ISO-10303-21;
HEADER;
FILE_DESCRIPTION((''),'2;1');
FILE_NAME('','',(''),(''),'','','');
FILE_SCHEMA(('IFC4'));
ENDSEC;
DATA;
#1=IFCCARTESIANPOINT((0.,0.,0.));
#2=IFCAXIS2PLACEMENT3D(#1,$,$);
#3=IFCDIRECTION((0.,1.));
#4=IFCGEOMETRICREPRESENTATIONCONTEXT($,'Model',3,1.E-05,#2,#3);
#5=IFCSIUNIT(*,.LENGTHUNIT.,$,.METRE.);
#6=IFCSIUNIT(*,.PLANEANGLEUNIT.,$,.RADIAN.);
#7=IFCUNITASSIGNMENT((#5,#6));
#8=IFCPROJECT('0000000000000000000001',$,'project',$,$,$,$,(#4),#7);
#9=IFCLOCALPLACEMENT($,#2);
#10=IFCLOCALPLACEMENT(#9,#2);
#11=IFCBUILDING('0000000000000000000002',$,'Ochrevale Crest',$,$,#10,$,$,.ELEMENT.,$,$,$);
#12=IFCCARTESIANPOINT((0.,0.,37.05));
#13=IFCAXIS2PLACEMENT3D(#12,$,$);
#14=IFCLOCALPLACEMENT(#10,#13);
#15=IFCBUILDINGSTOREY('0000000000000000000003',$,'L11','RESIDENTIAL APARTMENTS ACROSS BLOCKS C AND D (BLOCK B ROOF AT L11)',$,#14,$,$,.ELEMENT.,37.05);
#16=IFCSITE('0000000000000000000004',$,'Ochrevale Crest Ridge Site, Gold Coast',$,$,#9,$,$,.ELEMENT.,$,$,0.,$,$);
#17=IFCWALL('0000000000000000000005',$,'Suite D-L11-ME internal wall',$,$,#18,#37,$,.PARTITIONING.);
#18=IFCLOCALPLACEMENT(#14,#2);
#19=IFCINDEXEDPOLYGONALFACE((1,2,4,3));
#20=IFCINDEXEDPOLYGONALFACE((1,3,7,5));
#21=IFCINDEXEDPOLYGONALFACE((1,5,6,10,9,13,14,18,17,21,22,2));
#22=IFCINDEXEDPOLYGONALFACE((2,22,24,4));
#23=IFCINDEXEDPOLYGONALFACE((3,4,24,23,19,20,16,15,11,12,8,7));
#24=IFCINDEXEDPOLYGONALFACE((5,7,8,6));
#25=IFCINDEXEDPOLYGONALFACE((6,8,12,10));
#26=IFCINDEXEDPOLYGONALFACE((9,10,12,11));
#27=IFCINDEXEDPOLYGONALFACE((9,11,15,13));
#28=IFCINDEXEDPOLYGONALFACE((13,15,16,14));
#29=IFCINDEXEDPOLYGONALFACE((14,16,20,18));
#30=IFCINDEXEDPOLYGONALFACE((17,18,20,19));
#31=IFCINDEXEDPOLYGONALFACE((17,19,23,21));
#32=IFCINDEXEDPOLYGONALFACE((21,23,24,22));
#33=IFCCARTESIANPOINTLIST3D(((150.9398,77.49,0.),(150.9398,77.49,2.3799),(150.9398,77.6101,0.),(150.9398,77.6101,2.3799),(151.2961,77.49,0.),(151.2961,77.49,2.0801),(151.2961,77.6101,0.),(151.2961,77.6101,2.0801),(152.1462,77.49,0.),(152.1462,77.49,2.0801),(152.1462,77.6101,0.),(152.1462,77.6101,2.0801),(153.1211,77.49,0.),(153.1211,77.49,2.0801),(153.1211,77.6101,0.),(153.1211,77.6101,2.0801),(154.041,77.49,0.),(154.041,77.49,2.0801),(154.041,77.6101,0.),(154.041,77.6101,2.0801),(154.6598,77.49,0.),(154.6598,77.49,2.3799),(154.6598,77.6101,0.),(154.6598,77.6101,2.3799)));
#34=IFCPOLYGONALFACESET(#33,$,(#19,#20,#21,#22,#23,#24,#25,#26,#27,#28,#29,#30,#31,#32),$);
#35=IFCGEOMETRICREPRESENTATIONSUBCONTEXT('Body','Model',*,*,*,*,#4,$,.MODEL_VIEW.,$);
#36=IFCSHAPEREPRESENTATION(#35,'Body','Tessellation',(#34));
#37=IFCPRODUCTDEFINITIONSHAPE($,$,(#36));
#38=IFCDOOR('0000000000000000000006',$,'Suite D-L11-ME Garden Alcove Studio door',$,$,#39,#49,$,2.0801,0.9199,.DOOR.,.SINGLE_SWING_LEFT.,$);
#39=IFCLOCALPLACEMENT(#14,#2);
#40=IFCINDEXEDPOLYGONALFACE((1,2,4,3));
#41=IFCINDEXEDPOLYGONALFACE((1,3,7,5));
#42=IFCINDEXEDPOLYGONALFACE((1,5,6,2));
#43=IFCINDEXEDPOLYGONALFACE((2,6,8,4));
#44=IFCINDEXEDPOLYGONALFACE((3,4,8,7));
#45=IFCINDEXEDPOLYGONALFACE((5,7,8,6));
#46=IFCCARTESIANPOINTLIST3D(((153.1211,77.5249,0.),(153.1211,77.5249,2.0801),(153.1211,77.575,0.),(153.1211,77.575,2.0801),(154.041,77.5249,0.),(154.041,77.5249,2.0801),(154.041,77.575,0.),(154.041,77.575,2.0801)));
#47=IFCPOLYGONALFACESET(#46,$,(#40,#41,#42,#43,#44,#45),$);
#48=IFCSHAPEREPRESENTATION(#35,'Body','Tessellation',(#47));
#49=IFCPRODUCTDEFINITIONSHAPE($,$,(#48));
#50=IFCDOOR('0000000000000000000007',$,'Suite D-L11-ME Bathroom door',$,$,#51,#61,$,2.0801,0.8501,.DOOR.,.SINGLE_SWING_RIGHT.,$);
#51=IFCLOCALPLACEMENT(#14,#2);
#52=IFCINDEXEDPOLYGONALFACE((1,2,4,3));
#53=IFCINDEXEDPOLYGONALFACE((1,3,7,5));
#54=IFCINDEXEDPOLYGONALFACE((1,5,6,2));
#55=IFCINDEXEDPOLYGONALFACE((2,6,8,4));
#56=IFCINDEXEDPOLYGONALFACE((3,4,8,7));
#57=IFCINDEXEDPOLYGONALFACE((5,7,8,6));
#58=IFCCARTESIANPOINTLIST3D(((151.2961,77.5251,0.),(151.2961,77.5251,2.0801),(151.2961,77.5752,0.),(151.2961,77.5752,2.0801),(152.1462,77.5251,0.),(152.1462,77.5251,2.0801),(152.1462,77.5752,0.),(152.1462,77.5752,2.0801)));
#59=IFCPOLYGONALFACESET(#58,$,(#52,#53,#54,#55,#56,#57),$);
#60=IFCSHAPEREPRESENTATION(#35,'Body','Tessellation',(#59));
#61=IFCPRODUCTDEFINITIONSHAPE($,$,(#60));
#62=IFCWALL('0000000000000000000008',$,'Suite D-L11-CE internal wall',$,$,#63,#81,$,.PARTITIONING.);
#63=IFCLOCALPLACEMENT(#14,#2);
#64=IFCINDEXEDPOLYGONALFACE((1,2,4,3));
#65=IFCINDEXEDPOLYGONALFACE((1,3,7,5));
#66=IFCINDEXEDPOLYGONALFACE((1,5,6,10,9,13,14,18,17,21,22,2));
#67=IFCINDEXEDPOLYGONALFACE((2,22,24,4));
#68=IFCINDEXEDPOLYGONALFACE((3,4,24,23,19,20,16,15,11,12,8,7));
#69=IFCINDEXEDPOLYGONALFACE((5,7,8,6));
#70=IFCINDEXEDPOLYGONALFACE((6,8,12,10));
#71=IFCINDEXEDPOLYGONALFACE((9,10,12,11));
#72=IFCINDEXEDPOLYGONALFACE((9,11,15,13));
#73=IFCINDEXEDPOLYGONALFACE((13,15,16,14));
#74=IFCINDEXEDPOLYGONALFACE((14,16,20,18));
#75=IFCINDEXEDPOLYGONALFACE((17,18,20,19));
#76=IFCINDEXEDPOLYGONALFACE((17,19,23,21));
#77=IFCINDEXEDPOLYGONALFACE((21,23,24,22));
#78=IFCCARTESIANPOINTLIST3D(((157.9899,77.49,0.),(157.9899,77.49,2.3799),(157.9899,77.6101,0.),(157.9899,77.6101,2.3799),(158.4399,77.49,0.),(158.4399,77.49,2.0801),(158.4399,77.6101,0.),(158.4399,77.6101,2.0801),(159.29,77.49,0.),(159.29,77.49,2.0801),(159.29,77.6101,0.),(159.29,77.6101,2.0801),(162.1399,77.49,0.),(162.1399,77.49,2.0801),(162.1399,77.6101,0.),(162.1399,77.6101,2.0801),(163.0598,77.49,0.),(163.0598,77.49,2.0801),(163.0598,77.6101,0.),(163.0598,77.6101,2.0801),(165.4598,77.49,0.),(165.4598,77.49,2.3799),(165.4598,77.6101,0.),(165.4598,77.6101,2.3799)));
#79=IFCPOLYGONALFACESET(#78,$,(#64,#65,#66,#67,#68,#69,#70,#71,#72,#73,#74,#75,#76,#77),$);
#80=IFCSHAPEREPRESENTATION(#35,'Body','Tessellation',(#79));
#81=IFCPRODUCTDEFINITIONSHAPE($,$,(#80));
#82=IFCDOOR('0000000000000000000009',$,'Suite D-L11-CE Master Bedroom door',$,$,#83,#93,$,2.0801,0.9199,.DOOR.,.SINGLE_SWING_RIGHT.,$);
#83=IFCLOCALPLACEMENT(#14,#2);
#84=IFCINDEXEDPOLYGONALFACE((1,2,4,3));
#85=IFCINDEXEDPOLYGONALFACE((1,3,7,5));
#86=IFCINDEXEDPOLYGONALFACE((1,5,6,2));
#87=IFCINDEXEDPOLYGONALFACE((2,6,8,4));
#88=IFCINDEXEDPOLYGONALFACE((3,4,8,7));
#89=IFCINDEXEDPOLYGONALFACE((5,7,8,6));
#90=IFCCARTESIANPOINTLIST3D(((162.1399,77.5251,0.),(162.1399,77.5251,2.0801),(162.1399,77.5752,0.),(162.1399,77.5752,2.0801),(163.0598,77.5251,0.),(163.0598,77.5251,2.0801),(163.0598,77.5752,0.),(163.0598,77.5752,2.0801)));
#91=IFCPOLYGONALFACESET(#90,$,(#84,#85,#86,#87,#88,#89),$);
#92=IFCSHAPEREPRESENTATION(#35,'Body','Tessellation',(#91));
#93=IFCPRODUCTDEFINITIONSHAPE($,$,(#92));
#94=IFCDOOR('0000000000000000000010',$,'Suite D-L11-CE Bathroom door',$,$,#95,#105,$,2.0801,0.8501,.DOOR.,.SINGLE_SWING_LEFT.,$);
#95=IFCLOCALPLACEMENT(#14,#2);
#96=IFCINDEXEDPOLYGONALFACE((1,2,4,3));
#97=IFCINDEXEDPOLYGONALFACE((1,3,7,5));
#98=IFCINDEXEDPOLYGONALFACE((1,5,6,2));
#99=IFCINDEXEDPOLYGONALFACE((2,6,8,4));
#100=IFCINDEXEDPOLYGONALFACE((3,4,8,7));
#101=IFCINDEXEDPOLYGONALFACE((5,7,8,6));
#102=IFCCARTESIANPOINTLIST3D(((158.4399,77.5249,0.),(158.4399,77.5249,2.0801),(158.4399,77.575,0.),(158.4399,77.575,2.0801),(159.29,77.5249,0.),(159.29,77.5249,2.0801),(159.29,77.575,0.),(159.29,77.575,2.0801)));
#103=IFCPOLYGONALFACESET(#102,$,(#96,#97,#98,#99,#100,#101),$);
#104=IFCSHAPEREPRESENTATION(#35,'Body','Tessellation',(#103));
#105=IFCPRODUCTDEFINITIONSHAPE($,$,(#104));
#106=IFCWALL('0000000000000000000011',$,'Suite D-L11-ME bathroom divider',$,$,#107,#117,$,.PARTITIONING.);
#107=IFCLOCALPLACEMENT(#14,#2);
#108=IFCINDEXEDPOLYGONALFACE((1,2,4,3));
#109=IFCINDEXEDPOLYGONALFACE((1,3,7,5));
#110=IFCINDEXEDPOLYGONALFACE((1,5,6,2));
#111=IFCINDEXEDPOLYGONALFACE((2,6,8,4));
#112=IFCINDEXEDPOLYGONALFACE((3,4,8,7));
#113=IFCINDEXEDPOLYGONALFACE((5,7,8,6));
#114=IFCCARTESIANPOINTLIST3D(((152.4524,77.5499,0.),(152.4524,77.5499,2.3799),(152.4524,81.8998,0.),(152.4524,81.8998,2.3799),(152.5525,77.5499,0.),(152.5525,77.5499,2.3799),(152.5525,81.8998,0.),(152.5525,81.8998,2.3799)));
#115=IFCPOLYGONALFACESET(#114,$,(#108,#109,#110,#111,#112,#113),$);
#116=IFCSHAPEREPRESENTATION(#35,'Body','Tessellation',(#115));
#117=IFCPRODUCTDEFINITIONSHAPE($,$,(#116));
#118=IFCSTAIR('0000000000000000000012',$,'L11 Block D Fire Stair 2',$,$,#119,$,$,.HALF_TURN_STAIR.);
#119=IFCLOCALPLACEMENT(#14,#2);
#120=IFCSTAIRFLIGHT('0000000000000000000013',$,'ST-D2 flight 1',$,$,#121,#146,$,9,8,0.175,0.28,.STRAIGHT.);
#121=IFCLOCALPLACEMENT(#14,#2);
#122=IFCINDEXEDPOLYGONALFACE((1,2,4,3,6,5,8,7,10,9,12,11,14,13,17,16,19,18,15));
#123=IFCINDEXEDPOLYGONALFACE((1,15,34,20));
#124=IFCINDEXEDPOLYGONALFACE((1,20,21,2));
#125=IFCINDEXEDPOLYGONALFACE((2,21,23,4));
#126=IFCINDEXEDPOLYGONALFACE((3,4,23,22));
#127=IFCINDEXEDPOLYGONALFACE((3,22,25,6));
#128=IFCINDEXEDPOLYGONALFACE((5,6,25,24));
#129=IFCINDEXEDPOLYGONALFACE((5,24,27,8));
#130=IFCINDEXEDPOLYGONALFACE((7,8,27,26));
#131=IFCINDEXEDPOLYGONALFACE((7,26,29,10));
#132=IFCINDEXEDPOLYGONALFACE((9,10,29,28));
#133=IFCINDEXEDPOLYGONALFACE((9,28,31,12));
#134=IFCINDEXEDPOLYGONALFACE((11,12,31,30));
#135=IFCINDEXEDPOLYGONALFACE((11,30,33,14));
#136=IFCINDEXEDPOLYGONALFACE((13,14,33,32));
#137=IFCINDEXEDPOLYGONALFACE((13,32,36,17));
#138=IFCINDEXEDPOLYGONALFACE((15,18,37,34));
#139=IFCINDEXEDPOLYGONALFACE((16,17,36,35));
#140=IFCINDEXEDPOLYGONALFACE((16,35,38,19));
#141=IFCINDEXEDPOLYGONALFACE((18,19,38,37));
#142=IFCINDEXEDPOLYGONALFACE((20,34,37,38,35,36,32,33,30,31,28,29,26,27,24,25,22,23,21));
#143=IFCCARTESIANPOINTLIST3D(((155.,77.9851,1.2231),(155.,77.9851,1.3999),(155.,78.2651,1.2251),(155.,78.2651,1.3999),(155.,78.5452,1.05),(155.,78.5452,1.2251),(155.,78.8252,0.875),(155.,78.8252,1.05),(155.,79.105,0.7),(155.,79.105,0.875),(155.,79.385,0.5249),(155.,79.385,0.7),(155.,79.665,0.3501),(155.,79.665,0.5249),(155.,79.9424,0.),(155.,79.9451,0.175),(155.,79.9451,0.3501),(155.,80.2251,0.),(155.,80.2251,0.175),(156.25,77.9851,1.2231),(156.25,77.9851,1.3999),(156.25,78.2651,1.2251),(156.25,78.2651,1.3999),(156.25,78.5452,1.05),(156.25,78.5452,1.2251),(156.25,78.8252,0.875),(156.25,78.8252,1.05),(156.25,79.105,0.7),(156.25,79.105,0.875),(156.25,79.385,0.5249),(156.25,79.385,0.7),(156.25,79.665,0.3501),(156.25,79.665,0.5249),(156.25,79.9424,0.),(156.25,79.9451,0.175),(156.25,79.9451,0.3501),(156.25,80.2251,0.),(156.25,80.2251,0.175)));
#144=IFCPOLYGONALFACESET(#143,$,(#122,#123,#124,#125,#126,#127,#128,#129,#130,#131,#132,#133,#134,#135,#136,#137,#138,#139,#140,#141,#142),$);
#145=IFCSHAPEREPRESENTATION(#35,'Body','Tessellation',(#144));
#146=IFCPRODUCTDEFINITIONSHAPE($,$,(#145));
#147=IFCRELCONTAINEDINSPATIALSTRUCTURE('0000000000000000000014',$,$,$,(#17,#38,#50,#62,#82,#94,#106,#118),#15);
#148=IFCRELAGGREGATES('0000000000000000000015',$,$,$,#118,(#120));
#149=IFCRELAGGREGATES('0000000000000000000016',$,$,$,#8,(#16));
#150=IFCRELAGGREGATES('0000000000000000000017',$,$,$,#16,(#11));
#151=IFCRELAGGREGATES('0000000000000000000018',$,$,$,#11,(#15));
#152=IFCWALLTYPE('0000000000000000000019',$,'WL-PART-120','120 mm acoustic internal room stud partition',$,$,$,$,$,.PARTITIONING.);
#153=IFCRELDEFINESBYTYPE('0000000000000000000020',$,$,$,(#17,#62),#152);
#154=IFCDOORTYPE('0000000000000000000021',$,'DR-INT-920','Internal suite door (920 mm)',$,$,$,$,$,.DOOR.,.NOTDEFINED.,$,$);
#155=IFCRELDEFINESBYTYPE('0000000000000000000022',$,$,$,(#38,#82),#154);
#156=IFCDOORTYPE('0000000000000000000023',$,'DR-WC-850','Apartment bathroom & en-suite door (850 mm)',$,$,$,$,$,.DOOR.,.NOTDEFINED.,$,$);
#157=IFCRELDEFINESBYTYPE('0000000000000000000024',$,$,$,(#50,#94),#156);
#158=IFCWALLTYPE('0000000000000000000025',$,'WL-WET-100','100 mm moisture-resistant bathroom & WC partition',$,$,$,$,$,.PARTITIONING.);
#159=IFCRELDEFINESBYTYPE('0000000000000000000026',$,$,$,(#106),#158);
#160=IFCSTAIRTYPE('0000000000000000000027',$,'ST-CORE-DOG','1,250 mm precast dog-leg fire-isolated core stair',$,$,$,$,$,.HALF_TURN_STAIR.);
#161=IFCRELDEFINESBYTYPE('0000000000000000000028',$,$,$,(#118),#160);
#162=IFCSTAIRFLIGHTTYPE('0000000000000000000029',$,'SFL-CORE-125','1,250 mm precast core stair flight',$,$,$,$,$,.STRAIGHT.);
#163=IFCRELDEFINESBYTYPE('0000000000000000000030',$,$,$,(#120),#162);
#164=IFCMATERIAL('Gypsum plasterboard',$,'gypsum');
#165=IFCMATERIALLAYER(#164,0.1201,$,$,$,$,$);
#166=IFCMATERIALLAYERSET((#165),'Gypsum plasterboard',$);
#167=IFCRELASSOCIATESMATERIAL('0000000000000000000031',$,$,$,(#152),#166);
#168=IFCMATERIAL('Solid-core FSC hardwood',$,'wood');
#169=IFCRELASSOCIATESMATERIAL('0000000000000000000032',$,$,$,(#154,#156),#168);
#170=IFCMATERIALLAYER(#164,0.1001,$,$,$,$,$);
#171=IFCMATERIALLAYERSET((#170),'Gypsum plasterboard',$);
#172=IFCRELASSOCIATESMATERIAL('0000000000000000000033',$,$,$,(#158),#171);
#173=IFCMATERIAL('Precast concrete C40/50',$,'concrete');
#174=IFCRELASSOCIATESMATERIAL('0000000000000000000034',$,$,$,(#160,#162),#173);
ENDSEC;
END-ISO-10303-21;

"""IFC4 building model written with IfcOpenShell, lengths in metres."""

from ifc_helpers import new_model, si_unit, direction, frame, frame_2d, origin, place, context, subcontext, project, spatial, polyline, rectangle, outline, extrude, material, layer, layer_set, type_object, element, fill, aggregate, save


model = new_model("IFC4")

# Units and contexts
model_context = context("Model", 3, precision=1e-05, world=origin(), true_north=direction((0.0, 1.0)))
body_context = subcontext(model_context, "Body", "Model", "MODEL_VIEW")
ifc_project = project(units=[si_unit("LENGTHUNIT", "METRE"), si_unit("PLANEANGLEUNIT", "RADIAN")], contexts=[model_context])

# Site, building, storey
site_placement = place(None, origin())
site = spatial("IfcSite", under=ifc_project, at=site_placement, Name="Ochrevale Crest Ridge Site, Gold Coast", CompositionType="ELEMENT", RefElevation=0.0)
building_placement = place(site_placement, origin())
building = spatial("IfcBuilding", under=site, at=building_placement, Name="Ochrevale Crest", CompositionType="ELEMENT")
storey_placement = place(building_placement, frame((0.0, 0.0, 37.05)))
storey = spatial("IfcBuildingStorey", under=building, at=storey_placement, Name="L11", Description="RESIDENTIAL APARTMENTS ACROSS BLOCKS C AND D (BLOCK B ROOF AT L11)", CompositionType="ELEMENT", Elevation=37.05)

# Walls, openings, doors
ifc_material_1 = material(Name="Gypsum plasterboard", Category="gypsum")
ifc_layer_1 = layer(ifc_material_1, 0.1201)
ifc_layer_set_1 = layer_set([ifc_layer_1], Name="Gypsum plasterboard")
wall_type_1 = type_object("IfcWallType", Name="WL-PART-120", Description="120 mm acoustic internal room stud partition", PredefinedType="PARTITIONING", material=ifc_layer_set_1)
wall_1_placement = place(storey_placement, frame((150.9399, 77.55, 0.0), z_axis=(0.0, 0.0, 1.0), x_axis=(1.0, 0.0, 0.0)))
wall_1 = element("IfcWall", 1, at=wall_1_placement, inside=storey, type_object=wall_type_1, Name="Suite D-L11-ME internal wall", PredefinedType="PARTITIONING", context=body_context, shape_type="SweptSolid", body=[
    extrude(rectangle(XDim=3.72, YDim=0.1201, at=frame_2d((1.8599, 0.0))), origin(), (0.0, 0.0, 1.0), 2.3799),
])
opening_1_placement = place(wall_1_placement, frame((1.2063, 0.0, 0.0), z_axis=(0.0, 0.0, 1.0), x_axis=(-1.0, 0.0, 0.0)))
opening_1 = element("IfcOpeningElement", 2, at=opening_1_placement, cuts=wall_1, PredefinedType="OPENING", context=body_context, shape_type="SweptSolid", body=[
    extrude(rectangle(XDim=0.8501, YDim=2.0801, at=frame_2d((0.425, 1.04))), frame((0.0, 0.0701, 0.0), z_axis=(0.0, -1.0, 0.0), x_axis=(1.0, 0.0, 0.0)), (0.0, 0.0, 1.0), 0.1401),
])
opening_2_placement = place(wall_1_placement, frame((2.1812, 0.0, 0.0)))
opening_2 = element("IfcOpeningElement", 3, at=opening_2_placement, cuts=wall_1, PredefinedType="OPENING", context=body_context, shape_type="SweptSolid", body=[
    extrude(rectangle(XDim=0.9199, YDim=2.0801, at=frame_2d((0.46, 1.04))), frame((0.0, 0.0701, 0.0), z_axis=(0.0, -1.0, 0.0), x_axis=(1.0, 0.0, 0.0)), (0.0, 0.0, 1.0), 0.1401),
])
ifc_material_2 = material(Name="Solid-core FSC hardwood", Category="wood")
door_type_1 = type_object("IfcDoorType", Name="DR-INT-920", Description="Internal suite door (920 mm)", OperationType="NOTDEFINED", PredefinedType="DOOR", material=ifc_material_2)
door_1_placement = place(opening_2_placement, origin())
door_1 = element("IfcDoor", 4, at=door_1_placement, inside=storey, type_object=door_type_1, Name="Suite D-L11-ME Garden Alcove Studio door", OperationType="SINGLE_SWING_LEFT", OverallHeight=2.0801, OverallWidth=0.9199, PredefinedType="DOOR", context=body_context, shape_type="SweptSolid", body=[
    extrude(rectangle(XDim=0.9199, YDim=2.0801, at=frame_2d((0.46, 1.04))), frame((0.0, 0.0249, 0.0), z_axis=(0.0, -1.0, 0.0), x_axis=(1.0, 0.0, 0.0)), (0.0, 0.0, 1.0), 0.05),
])
fill(opening_2, door_1)
door_type_2 = type_object("IfcDoorType", Name="DR-WC-850", Description="Apartment bathroom & en-suite door (850 mm)", OperationType="NOTDEFINED", PredefinedType="DOOR", material=ifc_material_2)
door_2_placement = place(opening_1_placement, origin())
door_2 = element("IfcDoor", 5, at=door_2_placement, inside=storey, type_object=door_type_2, Name="Suite D-L11-ME Bathroom door", OperationType="SINGLE_SWING_RIGHT", OverallHeight=2.0801, OverallWidth=0.8501, PredefinedType="DOOR", context=body_context, shape_type="SweptSolid", body=[
    extrude(rectangle(XDim=0.8501, YDim=2.0801, at=frame_2d((0.425, 1.04))), frame((0.0, 0.0249, 0.0), z_axis=(0.0, -1.0, 0.0), x_axis=(1.0, 0.0, 0.0)), (0.0, 0.0, 1.0), 0.05),
])
fill(opening_1, door_2)
wall_2_placement = place(storey_placement, frame((157.99, 77.55, 0.0), z_axis=(0.0, 0.0, 1.0), x_axis=(1.0, 0.0, 0.0)))
wall_2 = element("IfcWall", 6, at=wall_2_placement, inside=storey, type_object=wall_type_1, Name="Suite D-L11-CE internal wall", PredefinedType="PARTITIONING", context=body_context, shape_type="SweptSolid", body=[
    extrude(rectangle(XDim=7.47, YDim=0.1201, at=frame_2d((3.7349, 0.0))), origin(), (0.0, 0.0, 1.0), 2.3799),
])
opening_3_placement = place(wall_2_placement, frame((0.45, 0.0, 0.0)))
opening_3 = element("IfcOpeningElement", 7, at=opening_3_placement, cuts=wall_2, PredefinedType="OPENING", context=body_context, shape_type="SweptSolid", body=[
    extrude(rectangle(XDim=0.8501, YDim=2.0801, at=frame_2d((0.425, 1.04))), frame((0.0, 0.0701, 0.0), z_axis=(0.0, -1.0, 0.0), x_axis=(1.0, 0.0, 0.0)), (0.0, 0.0, 1.0), 0.1401),
])
opening_4_placement = place(wall_2_placement, frame((5.0698, 0.0, 0.0), z_axis=(0.0, 0.0, 1.0), x_axis=(-1.0, 0.0, 0.0)))
opening_4 = element("IfcOpeningElement", 8, at=opening_4_placement, cuts=wall_2, PredefinedType="OPENING", context=body_context, shape_type="SweptSolid", body=[
    extrude(rectangle(XDim=0.9199, YDim=2.0801, at=frame_2d((0.46, 1.04))), frame((0.0, 0.0701, 0.0), z_axis=(0.0, -1.0, 0.0), x_axis=(1.0, 0.0, 0.0)), (0.0, 0.0, 1.0), 0.1401),
])
door_3_placement = place(opening_4_placement, origin())
door_3 = element("IfcDoor", 9, at=door_3_placement, inside=storey, type_object=door_type_1, Name="Suite D-L11-CE Master Bedroom door", OperationType="SINGLE_SWING_RIGHT", OverallHeight=2.0801, OverallWidth=0.9199, PredefinedType="DOOR", context=body_context, shape_type="SweptSolid", body=[
    extrude(rectangle(XDim=0.9199, YDim=2.0801, at=frame_2d((0.46, 1.04))), frame((0.0, 0.0249, 0.0), z_axis=(0.0, -1.0, 0.0), x_axis=(1.0, 0.0, 0.0)), (0.0, 0.0, 1.0), 0.05),
])
fill(opening_4, door_3)
door_4_placement = place(opening_3_placement, origin())
door_4 = element("IfcDoor", 10, at=door_4_placement, inside=storey, type_object=door_type_2, Name="Suite D-L11-CE Bathroom door", OperationType="SINGLE_SWING_LEFT", OverallHeight=2.0801, OverallWidth=0.8501, PredefinedType="DOOR", context=body_context, shape_type="SweptSolid", body=[
    extrude(rectangle(XDim=0.8501, YDim=2.0801, at=frame_2d((0.425, 1.04))), frame((0.0, 0.0249, 0.0), z_axis=(0.0, -1.0, 0.0), x_axis=(1.0, 0.0, 0.0)), (0.0, 0.0, 1.0), 0.05),
])
fill(opening_3, door_4)

# Wall
ifc_layer_2 = layer(ifc_material_1, 0.1001)
ifc_layer_set_2 = layer_set([ifc_layer_2], Name="Gypsum plasterboard")
wall_type_2 = type_object("IfcWallType", Name="WL-WET-100", Description="100 mm moisture-resistant bathroom & WC partition", PredefinedType="PARTITIONING", material=ifc_layer_set_2)
wall_3_placement = place(storey_placement, frame((152.5024, 77.55, 0.0), z_axis=(0.0, 0.0, 1.0), x_axis=(0.0, 1.0, 0.0)))
element("IfcWall", 11, at=wall_3_placement, inside=storey, type_object=wall_type_2, Name="Suite D-L11-ME bathroom divider", PredefinedType="PARTITIONING", context=body_context, shape_type="SweptSolid", body=[
    extrude(rectangle(XDim=4.3499, YDim=0.1001, at=frame_2d((2.1748, 0.0))), origin(), (0.0, 0.0, 1.0), 2.3799),
])

# Stair, stair flight
ifc_material_3 = material(Name="Precast concrete C40/50", Category="concrete")
stair_type = type_object("IfcStairType", Name="ST-CORE-DOG", Description="1,250 mm precast dog-leg fire-isolated core stair", PredefinedType="HALF_TURN_STAIR", material=ifc_material_3)
stair_placement = place(storey_placement, origin())
stair = element("IfcStair", 12, at=stair_placement, inside=storey, type_object=stair_type, Name="L11 Block D Fire Stair 2", PredefinedType="HALF_TURN_STAIR")
stair_flight_type = type_object("IfcStairFlightType", Name="SFL-CORE-125", Description="1,250 mm precast core stair flight", PredefinedType="STRAIGHT", material=ifc_material_3)
stair_flight_1_placement = place(storey_placement, frame((155.625, 80.2251, 0.0), z_axis=(0.0, 0.0, 1.0), x_axis=(0.0, -1.0, 0.0)))
stair_flight_1 = element("IfcStairFlight", 13, at=stair_flight_1_placement, type_object=stair_flight_type, Name="ST-D2 flight 1", NumberOfRisers=9, NumberOfTreads=8, PredefinedType="STRAIGHT", RiserHeight=0.175, TreadLength=0.28, context=body_context, shape_type="SweptSolid", body=[
    extrude(outline(polyline([(0.0, 0.0), (0.0, 0.175), (0.28, 0.175), (0.28, 0.3501), (0.5601, 0.3501), (0.5601, 0.5249), (0.8401, 0.5249), (0.8401, 0.7), (1.1201, 0.7), (1.1201, 0.875), (1.3999, 0.875), (1.3999, 1.05), (1.6799, 1.05), (1.6799, 1.2251), (1.96, 1.2251), (1.96, 1.3999), (2.24, 1.3999), (2.24, 1.575), (2.24, 1.2231), (0.2827, 0.0), (0.0, 0.0)])), frame((0.0, 0.625, 0.0), z_axis=(0.0, -1.0, 0.0), x_axis=(1.0, 0.0, 0.0)), (0.0, 0.0, 1.0), 1.25),
])
aggregate(stair, [stair_flight_1])

save(model, "model.ifc")
